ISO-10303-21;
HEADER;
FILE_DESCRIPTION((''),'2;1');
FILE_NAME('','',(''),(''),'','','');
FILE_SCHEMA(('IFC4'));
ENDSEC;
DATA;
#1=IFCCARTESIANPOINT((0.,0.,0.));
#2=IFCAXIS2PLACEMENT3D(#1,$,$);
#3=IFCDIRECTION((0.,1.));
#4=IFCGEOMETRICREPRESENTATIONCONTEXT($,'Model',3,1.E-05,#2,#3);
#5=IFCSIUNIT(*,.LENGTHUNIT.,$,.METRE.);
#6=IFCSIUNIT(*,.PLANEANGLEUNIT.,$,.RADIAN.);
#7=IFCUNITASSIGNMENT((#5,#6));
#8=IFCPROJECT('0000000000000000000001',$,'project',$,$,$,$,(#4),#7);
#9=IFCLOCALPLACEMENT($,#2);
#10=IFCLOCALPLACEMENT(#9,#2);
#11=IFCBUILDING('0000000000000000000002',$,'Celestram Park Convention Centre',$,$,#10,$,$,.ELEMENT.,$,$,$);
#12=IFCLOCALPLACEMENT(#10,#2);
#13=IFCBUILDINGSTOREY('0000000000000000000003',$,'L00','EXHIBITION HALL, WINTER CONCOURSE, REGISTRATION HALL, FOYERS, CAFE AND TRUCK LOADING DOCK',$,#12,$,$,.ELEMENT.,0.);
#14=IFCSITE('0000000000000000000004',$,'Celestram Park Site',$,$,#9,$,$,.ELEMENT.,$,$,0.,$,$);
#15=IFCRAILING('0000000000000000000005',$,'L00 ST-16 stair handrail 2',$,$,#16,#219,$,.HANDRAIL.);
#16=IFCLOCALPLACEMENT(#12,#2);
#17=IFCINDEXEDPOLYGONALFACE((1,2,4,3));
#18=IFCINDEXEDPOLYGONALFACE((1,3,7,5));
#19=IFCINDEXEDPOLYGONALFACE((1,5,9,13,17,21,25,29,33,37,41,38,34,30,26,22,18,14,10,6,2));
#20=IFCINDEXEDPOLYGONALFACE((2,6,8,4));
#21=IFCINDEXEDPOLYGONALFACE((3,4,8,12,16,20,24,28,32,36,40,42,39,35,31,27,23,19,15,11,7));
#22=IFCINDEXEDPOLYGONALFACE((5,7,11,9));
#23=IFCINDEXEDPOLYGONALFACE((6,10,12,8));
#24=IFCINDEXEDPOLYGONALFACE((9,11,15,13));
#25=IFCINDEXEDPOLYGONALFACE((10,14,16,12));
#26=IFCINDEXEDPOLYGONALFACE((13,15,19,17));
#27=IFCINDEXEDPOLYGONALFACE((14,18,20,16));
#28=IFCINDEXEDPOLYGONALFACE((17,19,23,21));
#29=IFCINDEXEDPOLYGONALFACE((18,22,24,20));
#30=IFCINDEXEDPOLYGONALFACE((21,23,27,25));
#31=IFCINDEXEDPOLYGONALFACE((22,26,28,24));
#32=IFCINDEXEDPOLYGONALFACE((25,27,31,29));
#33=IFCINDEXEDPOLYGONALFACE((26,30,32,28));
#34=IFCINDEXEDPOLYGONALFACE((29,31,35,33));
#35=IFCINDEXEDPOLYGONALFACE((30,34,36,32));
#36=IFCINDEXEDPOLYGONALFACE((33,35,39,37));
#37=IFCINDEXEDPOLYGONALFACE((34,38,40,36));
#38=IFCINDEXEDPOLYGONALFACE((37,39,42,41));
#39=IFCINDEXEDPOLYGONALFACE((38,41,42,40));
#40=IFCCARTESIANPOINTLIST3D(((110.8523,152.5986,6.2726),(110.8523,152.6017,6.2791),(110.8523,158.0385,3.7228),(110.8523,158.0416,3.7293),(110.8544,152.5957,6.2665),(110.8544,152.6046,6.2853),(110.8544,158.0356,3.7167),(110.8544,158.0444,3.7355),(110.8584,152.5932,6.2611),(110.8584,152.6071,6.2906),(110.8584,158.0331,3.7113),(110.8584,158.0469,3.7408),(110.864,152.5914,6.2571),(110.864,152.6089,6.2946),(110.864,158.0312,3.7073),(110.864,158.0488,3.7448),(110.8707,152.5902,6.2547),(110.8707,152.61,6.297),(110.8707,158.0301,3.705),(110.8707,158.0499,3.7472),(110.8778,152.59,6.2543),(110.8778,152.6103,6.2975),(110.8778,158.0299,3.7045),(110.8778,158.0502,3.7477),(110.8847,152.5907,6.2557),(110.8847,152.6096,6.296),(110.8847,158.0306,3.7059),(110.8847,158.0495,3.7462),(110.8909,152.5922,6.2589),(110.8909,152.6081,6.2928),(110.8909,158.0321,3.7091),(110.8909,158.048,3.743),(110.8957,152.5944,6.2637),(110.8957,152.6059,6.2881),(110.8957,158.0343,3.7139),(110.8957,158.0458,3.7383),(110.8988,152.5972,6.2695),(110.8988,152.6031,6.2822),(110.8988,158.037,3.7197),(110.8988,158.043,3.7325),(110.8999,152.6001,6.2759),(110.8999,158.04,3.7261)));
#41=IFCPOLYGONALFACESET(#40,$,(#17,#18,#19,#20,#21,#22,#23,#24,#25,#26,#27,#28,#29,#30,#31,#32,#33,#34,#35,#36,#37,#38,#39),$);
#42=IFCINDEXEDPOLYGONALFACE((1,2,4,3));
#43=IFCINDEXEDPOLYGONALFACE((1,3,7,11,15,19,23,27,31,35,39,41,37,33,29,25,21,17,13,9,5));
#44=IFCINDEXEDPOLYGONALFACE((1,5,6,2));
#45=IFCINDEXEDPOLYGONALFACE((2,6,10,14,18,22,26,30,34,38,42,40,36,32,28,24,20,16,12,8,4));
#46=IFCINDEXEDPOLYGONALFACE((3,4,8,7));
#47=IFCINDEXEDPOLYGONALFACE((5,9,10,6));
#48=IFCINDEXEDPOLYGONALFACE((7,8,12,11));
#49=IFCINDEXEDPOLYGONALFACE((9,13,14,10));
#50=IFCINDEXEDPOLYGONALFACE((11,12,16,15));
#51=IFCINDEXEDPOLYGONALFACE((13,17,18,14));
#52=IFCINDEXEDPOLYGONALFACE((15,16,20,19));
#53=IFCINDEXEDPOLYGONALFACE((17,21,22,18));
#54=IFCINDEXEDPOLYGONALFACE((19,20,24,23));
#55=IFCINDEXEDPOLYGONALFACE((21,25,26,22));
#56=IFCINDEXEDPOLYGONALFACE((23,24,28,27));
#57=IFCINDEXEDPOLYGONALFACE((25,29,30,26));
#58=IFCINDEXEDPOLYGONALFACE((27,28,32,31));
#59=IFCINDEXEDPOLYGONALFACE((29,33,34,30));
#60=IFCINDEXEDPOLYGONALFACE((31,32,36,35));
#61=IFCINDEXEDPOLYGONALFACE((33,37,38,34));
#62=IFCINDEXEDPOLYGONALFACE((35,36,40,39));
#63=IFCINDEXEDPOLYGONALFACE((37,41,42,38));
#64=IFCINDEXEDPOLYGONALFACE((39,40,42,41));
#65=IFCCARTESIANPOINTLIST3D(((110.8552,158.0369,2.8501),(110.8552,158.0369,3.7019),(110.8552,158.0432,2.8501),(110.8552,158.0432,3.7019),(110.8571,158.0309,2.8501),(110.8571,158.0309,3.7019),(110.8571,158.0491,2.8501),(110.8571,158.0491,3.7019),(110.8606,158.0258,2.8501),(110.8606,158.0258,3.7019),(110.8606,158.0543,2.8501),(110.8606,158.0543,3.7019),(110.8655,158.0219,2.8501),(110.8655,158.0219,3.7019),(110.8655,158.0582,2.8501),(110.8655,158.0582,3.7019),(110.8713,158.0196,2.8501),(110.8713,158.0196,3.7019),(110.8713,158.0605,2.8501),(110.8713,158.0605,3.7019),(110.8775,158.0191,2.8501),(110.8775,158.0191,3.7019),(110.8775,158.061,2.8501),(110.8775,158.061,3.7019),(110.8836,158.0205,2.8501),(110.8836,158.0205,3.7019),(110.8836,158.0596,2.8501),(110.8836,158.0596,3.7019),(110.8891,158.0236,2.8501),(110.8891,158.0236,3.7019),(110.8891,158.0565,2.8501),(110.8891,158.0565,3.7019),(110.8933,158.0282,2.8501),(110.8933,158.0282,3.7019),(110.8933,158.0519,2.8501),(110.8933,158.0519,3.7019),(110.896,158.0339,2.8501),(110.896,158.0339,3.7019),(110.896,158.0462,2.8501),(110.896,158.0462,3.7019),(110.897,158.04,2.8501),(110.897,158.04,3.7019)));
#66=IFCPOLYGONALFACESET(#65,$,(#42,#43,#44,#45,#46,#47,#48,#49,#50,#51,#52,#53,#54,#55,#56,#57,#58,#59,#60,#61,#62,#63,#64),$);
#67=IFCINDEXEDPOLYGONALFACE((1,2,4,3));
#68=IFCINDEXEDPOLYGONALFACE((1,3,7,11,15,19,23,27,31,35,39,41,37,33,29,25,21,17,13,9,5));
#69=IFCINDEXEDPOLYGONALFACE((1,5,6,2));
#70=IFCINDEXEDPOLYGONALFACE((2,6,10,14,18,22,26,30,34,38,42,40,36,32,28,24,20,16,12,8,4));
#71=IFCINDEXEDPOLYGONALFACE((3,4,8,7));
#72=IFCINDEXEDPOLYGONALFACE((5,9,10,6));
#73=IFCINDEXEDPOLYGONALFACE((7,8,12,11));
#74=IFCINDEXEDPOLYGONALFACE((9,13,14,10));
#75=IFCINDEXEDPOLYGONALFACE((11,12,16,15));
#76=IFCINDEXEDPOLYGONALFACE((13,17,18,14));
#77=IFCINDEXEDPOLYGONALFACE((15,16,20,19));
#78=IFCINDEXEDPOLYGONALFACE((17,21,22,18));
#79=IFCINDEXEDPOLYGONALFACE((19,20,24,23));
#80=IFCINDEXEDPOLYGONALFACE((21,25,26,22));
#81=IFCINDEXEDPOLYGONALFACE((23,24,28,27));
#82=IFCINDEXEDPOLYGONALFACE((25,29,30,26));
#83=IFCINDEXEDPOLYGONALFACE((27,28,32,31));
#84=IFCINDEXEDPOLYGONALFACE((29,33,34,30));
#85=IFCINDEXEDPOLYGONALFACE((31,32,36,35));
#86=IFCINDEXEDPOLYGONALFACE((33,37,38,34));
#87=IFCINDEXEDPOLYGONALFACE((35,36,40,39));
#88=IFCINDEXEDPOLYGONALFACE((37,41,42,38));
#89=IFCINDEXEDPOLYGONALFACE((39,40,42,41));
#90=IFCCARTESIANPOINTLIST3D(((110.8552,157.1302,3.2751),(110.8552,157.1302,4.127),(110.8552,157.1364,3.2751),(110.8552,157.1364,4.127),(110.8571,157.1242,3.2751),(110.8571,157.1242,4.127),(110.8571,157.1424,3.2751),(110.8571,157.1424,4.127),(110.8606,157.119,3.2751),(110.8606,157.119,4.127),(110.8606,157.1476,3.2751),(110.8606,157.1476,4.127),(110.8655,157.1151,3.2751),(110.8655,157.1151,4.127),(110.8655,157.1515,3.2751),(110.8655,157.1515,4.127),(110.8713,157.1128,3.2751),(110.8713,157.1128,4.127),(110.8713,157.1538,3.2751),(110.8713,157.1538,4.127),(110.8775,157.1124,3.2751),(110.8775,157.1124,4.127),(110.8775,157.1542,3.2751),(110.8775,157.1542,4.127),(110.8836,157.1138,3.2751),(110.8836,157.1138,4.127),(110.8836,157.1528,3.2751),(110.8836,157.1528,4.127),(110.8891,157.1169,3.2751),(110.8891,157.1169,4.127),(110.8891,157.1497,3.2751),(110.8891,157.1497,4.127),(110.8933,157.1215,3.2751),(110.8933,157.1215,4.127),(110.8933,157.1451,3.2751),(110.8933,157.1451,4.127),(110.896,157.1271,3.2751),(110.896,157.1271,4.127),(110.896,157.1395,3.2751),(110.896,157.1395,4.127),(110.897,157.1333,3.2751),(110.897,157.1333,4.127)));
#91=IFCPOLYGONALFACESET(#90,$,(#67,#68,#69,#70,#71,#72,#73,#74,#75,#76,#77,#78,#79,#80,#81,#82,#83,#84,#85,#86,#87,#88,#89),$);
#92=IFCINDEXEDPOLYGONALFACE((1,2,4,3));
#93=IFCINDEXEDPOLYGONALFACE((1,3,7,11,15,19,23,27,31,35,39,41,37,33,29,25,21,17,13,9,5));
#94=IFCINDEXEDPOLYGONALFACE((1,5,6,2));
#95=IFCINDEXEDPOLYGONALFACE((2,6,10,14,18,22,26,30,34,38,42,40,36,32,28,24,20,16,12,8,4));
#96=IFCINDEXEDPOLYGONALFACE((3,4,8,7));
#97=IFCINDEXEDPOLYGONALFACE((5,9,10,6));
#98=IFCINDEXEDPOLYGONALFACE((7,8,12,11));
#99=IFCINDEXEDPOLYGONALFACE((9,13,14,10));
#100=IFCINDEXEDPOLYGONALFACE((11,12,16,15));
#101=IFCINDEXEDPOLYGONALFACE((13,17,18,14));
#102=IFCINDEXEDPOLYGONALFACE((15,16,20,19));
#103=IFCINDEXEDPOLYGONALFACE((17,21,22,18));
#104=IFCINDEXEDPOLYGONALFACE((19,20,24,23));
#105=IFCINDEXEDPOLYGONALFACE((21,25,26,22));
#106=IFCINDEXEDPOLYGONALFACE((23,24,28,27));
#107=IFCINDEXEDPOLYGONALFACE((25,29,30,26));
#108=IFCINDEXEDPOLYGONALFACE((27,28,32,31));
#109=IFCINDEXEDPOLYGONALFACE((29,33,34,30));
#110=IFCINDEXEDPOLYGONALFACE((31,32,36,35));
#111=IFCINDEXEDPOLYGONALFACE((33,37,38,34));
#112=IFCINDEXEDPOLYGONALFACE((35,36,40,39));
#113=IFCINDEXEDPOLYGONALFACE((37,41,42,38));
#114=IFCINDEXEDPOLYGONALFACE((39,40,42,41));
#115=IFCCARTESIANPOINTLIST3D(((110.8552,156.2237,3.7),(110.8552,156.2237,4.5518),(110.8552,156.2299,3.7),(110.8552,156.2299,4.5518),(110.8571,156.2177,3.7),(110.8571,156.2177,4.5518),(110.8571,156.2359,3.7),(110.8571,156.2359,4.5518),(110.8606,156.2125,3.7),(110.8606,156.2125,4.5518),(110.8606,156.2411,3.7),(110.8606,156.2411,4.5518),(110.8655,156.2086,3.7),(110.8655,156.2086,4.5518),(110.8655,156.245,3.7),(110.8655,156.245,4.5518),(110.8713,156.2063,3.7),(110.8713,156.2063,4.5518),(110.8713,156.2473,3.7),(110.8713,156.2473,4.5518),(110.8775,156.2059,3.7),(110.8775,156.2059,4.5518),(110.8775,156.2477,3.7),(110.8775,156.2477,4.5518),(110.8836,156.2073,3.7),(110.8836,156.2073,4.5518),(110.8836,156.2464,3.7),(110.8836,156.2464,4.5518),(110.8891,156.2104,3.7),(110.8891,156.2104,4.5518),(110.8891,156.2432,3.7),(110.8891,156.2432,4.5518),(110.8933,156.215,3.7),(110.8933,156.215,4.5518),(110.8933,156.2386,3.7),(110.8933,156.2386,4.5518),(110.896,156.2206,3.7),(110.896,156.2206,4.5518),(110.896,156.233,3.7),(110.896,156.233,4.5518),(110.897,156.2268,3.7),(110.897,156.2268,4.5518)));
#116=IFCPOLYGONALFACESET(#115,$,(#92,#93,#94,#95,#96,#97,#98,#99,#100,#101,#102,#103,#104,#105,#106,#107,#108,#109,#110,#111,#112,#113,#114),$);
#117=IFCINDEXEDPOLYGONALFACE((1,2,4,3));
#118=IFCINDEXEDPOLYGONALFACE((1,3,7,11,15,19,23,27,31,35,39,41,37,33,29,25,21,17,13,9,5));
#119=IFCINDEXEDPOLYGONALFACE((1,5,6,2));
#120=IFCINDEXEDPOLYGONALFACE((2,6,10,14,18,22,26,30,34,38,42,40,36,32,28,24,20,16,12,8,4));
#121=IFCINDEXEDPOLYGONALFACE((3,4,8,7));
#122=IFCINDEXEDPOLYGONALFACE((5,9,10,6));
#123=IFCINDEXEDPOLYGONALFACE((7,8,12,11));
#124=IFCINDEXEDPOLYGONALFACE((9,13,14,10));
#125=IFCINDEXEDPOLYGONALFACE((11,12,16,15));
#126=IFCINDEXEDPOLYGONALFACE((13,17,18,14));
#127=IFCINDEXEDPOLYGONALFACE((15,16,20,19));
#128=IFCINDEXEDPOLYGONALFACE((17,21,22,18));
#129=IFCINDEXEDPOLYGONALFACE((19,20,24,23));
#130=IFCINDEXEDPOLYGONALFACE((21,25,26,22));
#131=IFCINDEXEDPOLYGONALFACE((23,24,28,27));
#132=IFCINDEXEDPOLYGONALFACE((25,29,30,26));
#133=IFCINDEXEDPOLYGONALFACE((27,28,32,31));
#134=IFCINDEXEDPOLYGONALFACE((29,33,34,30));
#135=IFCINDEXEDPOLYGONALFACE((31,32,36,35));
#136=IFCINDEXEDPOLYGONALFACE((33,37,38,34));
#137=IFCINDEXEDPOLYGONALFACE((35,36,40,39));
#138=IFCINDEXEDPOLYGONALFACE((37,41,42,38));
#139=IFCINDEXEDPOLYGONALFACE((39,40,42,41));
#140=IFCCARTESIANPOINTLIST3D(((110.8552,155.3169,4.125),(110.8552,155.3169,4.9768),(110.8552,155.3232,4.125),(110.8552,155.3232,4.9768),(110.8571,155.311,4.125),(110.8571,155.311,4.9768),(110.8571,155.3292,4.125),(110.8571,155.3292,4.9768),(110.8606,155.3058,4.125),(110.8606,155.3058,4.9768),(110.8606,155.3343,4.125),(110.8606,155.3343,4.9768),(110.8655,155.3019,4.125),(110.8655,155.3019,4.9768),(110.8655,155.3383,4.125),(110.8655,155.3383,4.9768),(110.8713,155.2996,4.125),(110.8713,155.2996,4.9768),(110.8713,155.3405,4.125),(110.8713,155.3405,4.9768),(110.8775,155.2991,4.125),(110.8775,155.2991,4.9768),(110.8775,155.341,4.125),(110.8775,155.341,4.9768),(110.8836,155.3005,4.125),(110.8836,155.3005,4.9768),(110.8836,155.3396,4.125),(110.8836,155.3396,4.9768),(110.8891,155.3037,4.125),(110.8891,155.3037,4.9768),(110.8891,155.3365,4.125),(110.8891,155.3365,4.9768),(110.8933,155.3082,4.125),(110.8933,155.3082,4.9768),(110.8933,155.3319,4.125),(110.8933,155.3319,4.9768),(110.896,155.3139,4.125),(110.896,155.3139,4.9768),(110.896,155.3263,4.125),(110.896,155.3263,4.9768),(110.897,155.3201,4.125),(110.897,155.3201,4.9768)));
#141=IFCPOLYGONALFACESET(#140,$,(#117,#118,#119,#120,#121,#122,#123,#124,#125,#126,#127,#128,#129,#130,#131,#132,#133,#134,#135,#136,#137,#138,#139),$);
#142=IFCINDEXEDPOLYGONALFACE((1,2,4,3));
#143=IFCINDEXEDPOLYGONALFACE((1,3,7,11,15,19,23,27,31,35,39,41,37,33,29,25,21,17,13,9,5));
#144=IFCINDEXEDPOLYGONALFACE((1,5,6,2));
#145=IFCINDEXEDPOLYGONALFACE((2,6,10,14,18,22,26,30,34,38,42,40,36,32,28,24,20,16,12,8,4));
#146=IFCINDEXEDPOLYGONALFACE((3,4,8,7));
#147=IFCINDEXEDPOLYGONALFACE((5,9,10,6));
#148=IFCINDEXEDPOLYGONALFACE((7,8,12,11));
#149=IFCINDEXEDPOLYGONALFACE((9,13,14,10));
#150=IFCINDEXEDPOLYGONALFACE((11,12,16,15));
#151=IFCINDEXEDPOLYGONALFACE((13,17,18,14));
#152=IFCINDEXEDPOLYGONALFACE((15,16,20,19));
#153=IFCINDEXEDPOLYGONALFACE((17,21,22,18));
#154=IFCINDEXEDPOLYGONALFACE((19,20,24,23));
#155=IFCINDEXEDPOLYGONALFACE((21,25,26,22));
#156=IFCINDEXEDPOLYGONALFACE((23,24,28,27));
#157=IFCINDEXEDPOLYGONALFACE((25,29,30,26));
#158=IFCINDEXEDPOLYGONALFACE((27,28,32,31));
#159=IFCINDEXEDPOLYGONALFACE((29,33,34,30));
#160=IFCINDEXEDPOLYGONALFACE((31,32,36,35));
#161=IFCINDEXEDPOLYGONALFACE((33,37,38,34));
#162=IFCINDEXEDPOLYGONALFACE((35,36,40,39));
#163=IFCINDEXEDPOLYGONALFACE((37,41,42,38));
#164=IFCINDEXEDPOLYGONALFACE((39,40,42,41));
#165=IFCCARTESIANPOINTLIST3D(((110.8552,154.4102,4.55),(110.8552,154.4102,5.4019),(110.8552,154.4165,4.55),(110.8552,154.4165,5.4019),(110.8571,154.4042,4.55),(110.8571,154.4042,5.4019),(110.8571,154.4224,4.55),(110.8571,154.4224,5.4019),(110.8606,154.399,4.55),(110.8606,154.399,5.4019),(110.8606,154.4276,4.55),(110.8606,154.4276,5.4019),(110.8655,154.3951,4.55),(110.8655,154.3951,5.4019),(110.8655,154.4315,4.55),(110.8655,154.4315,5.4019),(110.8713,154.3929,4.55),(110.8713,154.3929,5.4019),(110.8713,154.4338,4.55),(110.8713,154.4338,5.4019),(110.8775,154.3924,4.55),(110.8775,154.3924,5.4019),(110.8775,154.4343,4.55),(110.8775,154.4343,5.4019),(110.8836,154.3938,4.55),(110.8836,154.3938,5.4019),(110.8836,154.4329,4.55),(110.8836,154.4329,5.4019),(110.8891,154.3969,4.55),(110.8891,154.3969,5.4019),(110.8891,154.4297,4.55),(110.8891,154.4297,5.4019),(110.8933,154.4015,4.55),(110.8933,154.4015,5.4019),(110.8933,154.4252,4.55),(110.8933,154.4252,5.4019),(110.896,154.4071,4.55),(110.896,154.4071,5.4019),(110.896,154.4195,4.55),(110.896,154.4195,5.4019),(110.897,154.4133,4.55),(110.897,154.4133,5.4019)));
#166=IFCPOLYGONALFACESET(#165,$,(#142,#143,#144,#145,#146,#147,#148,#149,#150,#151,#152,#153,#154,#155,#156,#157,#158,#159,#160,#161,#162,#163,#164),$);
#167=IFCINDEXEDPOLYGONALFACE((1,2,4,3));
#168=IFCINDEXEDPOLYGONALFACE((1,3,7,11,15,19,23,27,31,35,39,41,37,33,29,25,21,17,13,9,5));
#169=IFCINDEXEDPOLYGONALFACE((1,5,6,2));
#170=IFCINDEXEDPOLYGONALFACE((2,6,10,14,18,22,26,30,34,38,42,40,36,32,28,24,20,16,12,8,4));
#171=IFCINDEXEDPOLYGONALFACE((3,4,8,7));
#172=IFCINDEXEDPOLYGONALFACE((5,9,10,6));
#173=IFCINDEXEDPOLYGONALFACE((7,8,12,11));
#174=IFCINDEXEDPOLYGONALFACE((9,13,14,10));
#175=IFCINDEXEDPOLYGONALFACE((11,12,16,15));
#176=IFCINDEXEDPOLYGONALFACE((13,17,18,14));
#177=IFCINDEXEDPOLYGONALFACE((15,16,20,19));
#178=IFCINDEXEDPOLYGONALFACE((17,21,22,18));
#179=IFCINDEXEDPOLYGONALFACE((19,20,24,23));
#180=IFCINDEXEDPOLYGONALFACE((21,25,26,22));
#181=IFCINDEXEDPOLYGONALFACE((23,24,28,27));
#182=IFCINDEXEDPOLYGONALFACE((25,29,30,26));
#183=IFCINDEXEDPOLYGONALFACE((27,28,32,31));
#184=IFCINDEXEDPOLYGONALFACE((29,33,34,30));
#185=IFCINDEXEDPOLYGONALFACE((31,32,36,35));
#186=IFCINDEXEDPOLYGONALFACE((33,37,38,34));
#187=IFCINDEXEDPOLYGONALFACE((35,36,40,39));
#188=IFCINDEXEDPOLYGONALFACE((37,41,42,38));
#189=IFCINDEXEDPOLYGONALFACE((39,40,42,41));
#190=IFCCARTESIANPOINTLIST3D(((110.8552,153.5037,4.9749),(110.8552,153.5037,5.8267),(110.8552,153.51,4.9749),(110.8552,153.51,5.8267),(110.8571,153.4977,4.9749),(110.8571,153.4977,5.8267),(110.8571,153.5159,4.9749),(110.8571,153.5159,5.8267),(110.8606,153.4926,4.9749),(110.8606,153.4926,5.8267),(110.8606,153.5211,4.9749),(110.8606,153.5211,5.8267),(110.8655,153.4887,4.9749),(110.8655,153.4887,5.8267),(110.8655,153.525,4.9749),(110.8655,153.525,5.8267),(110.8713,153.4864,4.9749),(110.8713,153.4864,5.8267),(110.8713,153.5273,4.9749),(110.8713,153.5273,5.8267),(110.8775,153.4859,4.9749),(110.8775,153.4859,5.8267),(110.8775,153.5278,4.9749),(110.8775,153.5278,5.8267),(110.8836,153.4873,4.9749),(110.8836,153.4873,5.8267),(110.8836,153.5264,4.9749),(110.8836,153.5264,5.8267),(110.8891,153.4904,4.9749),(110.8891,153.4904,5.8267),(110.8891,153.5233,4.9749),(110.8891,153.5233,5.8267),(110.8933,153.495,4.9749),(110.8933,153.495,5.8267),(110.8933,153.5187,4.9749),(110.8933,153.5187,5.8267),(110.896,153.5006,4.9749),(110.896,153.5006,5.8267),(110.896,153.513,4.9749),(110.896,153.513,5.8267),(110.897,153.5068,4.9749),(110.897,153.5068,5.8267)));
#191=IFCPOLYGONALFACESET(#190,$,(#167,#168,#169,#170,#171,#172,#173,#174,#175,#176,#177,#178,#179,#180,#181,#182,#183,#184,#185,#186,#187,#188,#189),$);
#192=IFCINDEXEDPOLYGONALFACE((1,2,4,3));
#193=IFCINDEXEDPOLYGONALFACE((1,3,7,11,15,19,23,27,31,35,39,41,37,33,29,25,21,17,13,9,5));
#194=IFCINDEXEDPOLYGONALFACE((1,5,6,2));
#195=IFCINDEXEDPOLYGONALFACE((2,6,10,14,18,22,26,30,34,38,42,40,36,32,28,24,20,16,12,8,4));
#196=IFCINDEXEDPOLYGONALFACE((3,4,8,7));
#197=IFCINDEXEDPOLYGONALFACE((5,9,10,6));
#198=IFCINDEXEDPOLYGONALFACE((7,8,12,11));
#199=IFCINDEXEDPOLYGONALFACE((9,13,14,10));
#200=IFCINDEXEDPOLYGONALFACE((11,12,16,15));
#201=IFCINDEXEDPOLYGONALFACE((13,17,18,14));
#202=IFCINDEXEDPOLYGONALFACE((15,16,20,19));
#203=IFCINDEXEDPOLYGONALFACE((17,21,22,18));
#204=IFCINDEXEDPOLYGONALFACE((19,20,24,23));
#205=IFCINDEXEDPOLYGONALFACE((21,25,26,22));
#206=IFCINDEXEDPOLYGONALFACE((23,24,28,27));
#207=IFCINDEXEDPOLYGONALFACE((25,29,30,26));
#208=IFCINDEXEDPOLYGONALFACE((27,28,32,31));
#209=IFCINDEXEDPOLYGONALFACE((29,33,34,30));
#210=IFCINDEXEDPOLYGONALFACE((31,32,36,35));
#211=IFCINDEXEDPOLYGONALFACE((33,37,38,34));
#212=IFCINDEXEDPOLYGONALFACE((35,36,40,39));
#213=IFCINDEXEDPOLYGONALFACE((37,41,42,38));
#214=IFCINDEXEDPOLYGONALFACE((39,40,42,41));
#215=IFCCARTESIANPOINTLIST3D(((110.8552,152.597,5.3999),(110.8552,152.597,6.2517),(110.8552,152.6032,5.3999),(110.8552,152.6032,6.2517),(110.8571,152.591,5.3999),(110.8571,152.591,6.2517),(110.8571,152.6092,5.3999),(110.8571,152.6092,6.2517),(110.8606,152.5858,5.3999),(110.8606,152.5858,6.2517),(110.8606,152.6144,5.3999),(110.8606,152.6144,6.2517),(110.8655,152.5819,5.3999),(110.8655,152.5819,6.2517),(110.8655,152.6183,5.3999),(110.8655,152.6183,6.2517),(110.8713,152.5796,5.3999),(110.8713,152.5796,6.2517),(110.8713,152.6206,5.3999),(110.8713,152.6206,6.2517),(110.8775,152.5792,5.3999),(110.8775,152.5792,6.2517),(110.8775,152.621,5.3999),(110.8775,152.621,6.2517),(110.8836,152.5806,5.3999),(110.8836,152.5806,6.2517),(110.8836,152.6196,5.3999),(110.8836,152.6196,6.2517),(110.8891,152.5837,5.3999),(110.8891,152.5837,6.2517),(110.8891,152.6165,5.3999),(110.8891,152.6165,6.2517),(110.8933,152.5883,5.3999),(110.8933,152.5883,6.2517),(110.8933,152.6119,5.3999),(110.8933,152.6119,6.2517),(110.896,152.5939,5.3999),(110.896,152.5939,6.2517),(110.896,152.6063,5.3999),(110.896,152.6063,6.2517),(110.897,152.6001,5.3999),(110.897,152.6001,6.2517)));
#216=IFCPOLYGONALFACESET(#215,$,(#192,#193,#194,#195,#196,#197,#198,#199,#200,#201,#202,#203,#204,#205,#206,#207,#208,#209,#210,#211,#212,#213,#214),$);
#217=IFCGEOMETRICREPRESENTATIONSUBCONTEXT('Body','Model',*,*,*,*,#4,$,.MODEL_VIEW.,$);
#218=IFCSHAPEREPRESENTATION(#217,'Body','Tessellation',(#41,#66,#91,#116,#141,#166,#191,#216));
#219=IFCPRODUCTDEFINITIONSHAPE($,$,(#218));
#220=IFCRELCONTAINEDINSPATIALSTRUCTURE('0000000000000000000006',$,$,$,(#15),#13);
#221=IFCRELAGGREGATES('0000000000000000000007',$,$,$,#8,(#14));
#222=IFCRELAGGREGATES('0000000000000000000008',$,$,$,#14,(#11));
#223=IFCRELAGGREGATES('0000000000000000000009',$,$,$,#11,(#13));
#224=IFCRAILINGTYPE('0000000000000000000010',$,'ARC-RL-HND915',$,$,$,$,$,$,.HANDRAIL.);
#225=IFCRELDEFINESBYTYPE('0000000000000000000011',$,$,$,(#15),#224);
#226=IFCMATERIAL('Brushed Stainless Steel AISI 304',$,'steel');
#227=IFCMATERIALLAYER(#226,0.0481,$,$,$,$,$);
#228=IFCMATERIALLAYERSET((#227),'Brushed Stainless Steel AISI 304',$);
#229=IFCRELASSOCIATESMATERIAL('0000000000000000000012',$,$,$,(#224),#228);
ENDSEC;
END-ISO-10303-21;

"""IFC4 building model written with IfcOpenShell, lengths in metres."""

from ifc_helpers import new_model, si_unit, direction, frame, origin, origin_2d, place, context, subcontext, project, spatial, circle, extrude, material, layer, layer_set, type_object, element, save


model = new_model("IFC4")

# Units and contexts
model_context = context("Model", 3, precision=1e-05, world=origin(), true_north=direction((0.0, 1.0)))
body_context = subcontext(model_context, "Body", "Model", "MODEL_VIEW")
ifc_project = project(units=[si_unit("LENGTHUNIT", "METRE"), si_unit("PLANEANGLEUNIT", "RADIAN")], contexts=[model_context])

# Site, building, storey
site_placement = place(None, origin())
site = spatial("IfcSite", under=ifc_project, at=site_placement, Name="Celestram Park Site", CompositionType="ELEMENT", RefElevation=0.0)
building_placement = place(site_placement, origin())
building = spatial("IfcBuilding", under=site, at=building_placement, Name="Celestram Park Convention Centre", CompositionType="ELEMENT")
storey_placement = place(building_placement, origin())
storey = spatial("IfcBuildingStorey", under=building, at=storey_placement, Name="L00", Description="EXHIBITION HALL, WINTER CONCOURSE, REGISTRATION HALL, FOYERS, CAFE AND TRUCK LOADING DOCK", CompositionType="ELEMENT", Elevation=0.0)

# Railing
ifc_material_1 = material(Name="Brushed Stainless Steel AISI 304", Category="steel")
ifc_layer_1 = layer(ifc_material_1, 0.0481)
ifc_layer_set_1 = layer_set([ifc_layer_1], Name="Brushed Stainless Steel AISI 304")
railing_type_1 = type_object("IfcRailingType", Name="ARC-RL-HND915", PredefinedType="HANDRAIL", material=ifc_layer_set_1)
railing_1_placement = place(storey_placement, frame((110.876, 158.04, 2.8501)))
element("IfcRailing", 1, at=railing_1_placement, inside=storey, type_object=railing_type_1, Name="L00 ST-16 stair handrail 2", PredefinedType="HANDRAIL", context=body_context, shape_type="SweptSolid", body=[
    extrude(circle(Radius=0.0239, at=origin_2d()), frame((0.0, 0.0, 0.876), z_axis=(0.0, -0.90547, 0.424411), x_axis=(1.0, 0.0, 0.0)), (0.0, 0.0, 1.0), 6.0078),
    extrude(circle(Radius=0.021, at=origin_2d()), origin(), (0.0, 0.0, 1.0), 0.8518),
    extrude(circle(Radius=0.021, at=origin_2d()), frame((0.0, -0.9067, 0.425)), (0.0, 0.0, 1.0), 0.8518),
    extrude(circle(Radius=0.021, at=origin_2d()), frame((0.0, -1.8132, 0.8499)), (0.0, 0.0, 1.0), 0.8518),
    extrude(circle(Radius=0.021, at=origin_2d()), frame((0.0, -2.72, 1.2749)), (0.0, 0.0, 1.0), 0.8518),
    extrude(circle(Radius=0.021, at=origin_2d()), frame((0.0, -3.6267, 1.7)), (0.0, 0.0, 1.0), 0.8518),
    extrude(circle(Radius=0.021, at=origin_2d()), frame((0.0, -4.5332, 2.1248)), (0.0, 0.0, 1.0), 0.8518),
    extrude(circle(Radius=0.021, at=origin_2d()), frame((0.0, -5.4399, 2.5498)), (0.0, 0.0, 1.0), 0.8518),
])

save(model, "model.ifc")
